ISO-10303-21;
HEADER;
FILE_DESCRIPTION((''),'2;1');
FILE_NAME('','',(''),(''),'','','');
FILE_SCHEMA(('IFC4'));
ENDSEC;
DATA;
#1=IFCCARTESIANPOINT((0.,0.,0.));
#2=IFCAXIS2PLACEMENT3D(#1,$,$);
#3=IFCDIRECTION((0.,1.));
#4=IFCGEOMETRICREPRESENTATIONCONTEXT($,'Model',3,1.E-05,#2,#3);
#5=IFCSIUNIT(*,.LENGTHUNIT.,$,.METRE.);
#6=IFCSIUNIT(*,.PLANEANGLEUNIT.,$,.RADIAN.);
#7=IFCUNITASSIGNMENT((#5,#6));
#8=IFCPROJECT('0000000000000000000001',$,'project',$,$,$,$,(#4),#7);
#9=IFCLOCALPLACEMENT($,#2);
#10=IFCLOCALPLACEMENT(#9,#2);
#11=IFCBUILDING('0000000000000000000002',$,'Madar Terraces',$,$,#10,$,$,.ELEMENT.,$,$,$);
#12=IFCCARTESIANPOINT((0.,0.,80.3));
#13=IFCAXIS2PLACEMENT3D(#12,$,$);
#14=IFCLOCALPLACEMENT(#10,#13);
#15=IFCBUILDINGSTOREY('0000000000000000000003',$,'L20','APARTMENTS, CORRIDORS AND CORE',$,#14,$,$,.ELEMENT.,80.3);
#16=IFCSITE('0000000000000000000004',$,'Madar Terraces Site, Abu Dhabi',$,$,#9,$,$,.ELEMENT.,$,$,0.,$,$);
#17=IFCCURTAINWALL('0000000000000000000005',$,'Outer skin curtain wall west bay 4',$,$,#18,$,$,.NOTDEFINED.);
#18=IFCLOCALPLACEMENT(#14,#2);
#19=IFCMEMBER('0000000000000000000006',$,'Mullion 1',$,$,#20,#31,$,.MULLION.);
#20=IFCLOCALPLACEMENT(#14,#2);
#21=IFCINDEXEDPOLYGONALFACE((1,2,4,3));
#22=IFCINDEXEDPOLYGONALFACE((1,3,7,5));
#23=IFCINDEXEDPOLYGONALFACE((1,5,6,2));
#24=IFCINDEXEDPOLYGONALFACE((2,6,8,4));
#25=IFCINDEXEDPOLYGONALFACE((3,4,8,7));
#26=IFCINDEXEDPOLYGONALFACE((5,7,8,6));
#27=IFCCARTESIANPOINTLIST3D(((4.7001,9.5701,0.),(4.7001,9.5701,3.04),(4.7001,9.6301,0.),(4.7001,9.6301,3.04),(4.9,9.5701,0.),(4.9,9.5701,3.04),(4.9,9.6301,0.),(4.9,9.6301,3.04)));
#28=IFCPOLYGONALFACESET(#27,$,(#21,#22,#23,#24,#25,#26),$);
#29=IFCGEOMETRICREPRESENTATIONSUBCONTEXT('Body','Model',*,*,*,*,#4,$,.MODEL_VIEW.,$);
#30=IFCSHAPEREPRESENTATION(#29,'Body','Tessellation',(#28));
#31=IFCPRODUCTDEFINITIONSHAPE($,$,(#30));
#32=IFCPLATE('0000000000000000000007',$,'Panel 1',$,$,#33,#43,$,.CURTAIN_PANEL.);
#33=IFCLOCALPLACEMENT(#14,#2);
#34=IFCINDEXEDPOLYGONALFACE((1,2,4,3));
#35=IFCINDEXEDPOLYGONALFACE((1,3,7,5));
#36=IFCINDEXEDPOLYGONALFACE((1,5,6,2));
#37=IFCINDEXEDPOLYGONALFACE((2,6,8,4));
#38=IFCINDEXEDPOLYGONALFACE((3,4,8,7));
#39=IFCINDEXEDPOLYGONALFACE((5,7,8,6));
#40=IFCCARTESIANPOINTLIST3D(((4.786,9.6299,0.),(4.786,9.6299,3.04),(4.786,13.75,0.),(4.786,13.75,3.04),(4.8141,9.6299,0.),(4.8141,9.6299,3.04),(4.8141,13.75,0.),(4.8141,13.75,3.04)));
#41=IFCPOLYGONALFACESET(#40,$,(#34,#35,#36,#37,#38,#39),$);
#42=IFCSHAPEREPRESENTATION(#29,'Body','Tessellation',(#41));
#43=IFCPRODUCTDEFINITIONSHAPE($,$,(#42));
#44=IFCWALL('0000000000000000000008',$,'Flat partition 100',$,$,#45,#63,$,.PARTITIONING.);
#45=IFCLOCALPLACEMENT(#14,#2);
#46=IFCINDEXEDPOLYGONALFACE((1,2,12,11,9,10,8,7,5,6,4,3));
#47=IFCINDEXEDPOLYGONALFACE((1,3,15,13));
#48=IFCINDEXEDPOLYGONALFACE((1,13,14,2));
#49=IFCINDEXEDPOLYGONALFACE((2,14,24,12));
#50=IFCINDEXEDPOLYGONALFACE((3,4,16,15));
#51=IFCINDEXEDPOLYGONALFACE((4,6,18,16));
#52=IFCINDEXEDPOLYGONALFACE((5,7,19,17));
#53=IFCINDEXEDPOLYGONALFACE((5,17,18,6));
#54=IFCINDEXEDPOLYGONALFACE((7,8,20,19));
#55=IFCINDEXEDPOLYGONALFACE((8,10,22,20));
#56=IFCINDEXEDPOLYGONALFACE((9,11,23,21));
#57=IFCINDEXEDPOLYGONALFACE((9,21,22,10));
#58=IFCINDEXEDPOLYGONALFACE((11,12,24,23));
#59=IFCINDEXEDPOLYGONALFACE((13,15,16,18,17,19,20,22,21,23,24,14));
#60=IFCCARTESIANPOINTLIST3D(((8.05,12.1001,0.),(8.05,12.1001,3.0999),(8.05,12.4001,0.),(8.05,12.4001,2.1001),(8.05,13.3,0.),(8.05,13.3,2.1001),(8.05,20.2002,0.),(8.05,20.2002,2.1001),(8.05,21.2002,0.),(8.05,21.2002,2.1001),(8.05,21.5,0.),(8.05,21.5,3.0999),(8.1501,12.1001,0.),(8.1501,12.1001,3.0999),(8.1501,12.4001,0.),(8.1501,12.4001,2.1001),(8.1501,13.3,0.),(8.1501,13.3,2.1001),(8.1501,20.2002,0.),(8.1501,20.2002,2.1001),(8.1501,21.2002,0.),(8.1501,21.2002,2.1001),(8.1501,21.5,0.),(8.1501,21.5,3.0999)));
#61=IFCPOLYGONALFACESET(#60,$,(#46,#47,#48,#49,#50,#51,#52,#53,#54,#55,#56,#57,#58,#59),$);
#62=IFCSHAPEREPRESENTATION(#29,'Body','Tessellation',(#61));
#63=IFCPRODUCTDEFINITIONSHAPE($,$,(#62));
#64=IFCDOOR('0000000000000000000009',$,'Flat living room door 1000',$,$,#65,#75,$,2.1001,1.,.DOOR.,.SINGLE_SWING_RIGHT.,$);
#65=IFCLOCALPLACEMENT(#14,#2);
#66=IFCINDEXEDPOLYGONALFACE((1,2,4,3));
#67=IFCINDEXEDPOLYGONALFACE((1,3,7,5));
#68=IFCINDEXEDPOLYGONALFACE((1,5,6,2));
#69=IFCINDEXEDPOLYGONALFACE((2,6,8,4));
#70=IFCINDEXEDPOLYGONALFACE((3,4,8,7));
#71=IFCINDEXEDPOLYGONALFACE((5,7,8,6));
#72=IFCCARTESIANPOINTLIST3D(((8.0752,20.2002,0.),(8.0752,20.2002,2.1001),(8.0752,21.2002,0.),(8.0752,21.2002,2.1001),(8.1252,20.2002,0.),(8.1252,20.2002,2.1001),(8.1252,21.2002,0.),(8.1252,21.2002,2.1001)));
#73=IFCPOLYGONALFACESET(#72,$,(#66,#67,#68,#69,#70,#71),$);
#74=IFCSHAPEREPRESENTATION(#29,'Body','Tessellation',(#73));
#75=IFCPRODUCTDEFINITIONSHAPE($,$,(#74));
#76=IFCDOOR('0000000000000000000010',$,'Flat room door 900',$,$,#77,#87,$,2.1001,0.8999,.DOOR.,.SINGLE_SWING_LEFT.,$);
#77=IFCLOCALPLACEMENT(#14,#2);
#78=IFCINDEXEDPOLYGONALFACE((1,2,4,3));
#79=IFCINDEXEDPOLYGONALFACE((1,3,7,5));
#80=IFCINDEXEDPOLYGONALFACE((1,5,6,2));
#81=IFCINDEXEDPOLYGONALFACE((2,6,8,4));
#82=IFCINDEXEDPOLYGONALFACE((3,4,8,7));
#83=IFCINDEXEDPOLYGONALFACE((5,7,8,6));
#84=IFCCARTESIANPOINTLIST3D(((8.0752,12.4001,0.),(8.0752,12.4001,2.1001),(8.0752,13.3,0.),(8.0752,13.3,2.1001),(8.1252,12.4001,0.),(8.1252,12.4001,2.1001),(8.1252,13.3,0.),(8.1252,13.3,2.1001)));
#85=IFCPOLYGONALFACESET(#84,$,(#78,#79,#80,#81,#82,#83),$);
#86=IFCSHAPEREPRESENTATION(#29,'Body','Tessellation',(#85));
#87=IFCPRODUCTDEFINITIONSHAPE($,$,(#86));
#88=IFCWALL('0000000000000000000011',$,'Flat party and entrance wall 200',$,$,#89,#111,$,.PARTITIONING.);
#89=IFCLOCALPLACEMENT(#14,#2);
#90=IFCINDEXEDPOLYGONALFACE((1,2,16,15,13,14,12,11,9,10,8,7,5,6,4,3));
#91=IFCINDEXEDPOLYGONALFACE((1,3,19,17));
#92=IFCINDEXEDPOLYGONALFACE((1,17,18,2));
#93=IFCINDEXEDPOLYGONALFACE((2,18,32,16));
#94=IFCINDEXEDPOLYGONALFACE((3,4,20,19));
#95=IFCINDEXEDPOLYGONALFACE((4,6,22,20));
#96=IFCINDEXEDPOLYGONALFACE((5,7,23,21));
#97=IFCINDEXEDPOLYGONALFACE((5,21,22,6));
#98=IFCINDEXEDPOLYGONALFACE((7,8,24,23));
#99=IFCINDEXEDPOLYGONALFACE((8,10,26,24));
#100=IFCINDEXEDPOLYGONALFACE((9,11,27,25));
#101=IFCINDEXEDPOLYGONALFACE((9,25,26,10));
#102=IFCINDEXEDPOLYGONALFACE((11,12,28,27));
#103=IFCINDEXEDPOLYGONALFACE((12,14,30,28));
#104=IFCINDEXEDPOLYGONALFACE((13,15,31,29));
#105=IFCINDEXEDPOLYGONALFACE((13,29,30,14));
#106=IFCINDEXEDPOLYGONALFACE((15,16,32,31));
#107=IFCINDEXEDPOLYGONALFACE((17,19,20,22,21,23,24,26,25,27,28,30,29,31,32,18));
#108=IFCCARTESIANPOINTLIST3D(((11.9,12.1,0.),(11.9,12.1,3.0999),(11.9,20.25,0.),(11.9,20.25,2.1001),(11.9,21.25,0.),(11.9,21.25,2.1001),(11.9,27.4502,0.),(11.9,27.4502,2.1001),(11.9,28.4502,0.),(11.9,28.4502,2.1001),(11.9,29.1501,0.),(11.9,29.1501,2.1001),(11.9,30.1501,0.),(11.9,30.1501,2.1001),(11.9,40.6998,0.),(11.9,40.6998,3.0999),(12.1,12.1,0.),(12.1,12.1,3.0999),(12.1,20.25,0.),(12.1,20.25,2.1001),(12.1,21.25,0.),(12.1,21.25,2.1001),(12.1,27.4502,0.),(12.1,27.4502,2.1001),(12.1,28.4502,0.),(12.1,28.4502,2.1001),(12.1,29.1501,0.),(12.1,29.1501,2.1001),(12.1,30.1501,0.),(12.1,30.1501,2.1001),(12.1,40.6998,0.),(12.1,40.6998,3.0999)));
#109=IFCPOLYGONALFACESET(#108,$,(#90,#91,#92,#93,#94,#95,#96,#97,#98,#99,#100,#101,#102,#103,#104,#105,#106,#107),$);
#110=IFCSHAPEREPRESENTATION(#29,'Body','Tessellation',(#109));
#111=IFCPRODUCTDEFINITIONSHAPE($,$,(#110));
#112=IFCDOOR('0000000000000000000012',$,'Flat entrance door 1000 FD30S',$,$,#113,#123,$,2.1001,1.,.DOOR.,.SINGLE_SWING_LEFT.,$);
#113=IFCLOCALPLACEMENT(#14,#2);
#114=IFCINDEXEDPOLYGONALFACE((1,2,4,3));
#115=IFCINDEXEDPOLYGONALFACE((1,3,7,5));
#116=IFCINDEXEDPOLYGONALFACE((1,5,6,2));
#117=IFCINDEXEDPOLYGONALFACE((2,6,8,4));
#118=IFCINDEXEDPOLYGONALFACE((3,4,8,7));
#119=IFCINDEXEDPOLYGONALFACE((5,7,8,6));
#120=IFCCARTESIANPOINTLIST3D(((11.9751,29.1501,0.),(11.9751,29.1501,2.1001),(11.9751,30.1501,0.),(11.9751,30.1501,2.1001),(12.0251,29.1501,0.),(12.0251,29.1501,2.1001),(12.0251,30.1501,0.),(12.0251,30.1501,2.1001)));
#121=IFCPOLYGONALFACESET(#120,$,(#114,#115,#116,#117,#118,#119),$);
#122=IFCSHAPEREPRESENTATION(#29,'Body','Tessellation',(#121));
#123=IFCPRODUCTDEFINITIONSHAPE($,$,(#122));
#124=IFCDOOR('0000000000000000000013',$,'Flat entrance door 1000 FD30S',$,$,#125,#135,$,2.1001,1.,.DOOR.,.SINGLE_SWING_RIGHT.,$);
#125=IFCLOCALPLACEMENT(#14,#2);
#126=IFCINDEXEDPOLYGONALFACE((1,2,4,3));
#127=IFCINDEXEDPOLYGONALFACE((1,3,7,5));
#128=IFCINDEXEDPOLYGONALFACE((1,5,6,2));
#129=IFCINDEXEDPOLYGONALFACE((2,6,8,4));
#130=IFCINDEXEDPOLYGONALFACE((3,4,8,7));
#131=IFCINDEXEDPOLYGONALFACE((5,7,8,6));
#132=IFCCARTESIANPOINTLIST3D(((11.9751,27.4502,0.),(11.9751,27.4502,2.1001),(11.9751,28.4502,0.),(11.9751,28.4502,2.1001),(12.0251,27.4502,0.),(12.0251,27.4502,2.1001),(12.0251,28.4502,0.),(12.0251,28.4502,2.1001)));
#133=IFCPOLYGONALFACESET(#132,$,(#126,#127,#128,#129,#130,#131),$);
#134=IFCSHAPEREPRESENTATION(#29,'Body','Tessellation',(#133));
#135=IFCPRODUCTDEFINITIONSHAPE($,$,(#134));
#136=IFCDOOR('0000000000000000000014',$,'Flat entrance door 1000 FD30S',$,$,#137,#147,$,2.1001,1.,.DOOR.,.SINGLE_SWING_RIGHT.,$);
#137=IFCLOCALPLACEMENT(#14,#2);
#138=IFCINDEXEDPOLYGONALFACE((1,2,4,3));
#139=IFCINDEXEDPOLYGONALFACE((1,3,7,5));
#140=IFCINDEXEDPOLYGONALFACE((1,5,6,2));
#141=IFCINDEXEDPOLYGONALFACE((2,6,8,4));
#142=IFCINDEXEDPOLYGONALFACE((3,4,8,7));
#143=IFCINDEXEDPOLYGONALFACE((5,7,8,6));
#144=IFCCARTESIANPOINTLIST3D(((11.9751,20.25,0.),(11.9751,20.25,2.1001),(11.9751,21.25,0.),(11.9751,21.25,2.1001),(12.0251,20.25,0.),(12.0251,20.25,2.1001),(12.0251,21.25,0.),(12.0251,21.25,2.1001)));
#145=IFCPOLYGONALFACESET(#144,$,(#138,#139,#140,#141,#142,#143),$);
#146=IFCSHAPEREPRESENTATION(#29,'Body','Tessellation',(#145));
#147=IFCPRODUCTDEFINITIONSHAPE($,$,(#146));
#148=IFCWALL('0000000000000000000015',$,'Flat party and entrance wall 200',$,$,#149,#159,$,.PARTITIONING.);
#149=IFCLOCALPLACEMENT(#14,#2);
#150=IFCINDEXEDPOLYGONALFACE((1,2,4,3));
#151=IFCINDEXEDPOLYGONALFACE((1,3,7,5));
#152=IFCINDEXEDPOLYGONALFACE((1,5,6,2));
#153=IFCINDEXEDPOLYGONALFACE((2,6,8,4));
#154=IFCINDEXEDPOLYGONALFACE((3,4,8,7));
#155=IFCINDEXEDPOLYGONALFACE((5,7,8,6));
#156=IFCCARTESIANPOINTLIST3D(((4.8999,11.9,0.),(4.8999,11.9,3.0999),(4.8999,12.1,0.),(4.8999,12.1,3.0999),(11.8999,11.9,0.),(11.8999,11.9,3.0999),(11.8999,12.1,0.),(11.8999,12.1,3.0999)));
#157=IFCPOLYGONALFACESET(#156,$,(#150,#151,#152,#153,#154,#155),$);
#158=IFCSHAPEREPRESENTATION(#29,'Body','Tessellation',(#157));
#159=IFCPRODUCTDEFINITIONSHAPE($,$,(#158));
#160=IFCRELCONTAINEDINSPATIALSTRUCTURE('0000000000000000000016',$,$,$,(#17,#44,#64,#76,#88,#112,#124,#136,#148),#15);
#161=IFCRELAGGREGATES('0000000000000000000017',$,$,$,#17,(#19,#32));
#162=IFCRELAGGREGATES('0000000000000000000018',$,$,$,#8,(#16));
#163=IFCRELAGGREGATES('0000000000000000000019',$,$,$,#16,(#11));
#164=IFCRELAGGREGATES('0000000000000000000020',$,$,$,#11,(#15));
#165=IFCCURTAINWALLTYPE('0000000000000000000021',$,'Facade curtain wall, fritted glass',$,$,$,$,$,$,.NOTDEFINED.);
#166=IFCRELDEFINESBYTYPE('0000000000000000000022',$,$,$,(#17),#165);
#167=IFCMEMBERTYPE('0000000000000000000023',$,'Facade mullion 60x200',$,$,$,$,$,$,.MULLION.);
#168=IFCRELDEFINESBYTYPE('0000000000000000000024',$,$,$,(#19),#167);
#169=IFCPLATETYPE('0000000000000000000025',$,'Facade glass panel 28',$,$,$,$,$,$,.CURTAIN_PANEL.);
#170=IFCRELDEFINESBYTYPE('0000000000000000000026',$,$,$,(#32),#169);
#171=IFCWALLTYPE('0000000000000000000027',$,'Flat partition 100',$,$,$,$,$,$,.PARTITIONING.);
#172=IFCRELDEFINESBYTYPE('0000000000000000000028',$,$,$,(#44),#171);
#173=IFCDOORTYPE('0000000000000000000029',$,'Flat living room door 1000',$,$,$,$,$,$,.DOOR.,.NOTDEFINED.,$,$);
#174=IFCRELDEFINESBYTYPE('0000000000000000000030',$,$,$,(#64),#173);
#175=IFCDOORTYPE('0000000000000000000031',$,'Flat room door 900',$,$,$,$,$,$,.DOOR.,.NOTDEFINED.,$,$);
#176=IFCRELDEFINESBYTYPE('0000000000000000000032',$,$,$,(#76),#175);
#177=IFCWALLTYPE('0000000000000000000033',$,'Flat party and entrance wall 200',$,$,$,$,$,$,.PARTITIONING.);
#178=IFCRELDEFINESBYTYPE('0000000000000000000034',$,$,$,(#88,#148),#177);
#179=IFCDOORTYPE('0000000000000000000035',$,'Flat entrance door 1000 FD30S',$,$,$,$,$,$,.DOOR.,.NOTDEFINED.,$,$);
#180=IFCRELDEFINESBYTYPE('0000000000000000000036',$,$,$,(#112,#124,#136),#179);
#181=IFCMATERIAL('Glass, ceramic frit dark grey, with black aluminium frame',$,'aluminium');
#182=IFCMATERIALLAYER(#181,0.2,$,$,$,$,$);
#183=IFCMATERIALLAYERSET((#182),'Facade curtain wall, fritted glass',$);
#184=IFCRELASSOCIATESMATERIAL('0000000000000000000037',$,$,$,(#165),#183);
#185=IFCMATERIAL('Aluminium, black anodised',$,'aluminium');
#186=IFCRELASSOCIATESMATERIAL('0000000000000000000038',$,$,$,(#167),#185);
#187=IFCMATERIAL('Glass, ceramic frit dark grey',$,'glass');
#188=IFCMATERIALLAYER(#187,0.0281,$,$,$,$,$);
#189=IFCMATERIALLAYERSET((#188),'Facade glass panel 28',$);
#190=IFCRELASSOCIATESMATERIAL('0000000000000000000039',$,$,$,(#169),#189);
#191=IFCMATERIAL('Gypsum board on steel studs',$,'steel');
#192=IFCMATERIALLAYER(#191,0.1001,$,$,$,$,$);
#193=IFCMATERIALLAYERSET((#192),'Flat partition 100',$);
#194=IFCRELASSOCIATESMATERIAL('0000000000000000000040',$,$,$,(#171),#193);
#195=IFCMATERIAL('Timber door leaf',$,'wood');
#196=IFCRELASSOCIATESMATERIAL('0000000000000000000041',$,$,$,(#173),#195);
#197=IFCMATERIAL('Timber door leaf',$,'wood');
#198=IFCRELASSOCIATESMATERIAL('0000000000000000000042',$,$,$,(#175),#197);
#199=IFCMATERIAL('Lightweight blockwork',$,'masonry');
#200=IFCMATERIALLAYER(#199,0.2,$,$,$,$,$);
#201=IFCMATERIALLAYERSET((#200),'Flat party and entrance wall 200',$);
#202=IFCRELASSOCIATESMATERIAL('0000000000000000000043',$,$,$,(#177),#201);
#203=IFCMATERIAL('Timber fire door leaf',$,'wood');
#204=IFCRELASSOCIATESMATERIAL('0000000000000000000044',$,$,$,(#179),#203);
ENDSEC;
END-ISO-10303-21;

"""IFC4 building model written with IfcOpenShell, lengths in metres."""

from ifc_helpers import new_model, si_unit, direction, frame, frame_2d, origin, origin_2d, place, context, subcontext, project, spatial, rectangle, extrude, material, layer, layer_set, material_profile, profile_set, type_object, element, fill, aggregate, save


model = new_model("IFC4")

# Units and contexts
model_context = context("Model", 3, precision=1e-05, world=origin(), true_north=direction((0.0, 1.0)))
body_context = subcontext(model_context, "Body", "Model", "MODEL_VIEW")
ifc_project = project(units=[si_unit("LENGTHUNIT", "METRE"), si_unit("PLANEANGLEUNIT", "RADIAN")], contexts=[model_context])

# Site, building, storey
site_placement = place(None, origin())
site = spatial("IfcSite", under=ifc_project, at=site_placement, Name="Madar Terraces Site, Abu Dhabi", CompositionType="ELEMENT", RefElevation=0.0)
building_placement = place(site_placement, origin())
building = spatial("IfcBuilding", under=site, at=building_placement, Name="Madar Terraces", CompositionType="ELEMENT")
storey_placement = place(building_placement, frame((0.0, 0.0, 80.3)))
storey = spatial("IfcBuildingStorey", under=building, at=storey_placement, Name="L20", Description="APARTMENTS, CORRIDORS AND CORE", CompositionType="ELEMENT", Elevation=80.3)

# Curtain wall, member, plate
ifc_material_1 = material(Name="Glass, ceramic frit dark grey, with black aluminium frame", Category="aluminium")
ifc_layer_1 = layer(ifc_material_1, 0.2)
ifc_layer_set_1 = layer_set([ifc_layer_1], Name="Facade curtain wall, fritted glass")
curtain_wall_type = type_object("IfcCurtainWallType", Name="Facade curtain wall, fritted glass", PredefinedType="NOTDEFINED", material=ifc_layer_set_1)
curtain_wall_placement = place(storey_placement, origin())
curtain_wall = element("IfcCurtainWall", 1, at=curtain_wall_placement, inside=storey, type_object=curtain_wall_type, Name="Outer skin curtain wall west bay 4", PredefinedType="NOTDEFINED")
ifc_material_2 = material(Name="Aluminium, black anodised", Category="aluminium")
ifc_material_profile = material_profile(ifc_material_2, rectangle(XDim=0.2, YDim=0.0601, at=origin_2d()), Name="Facade mullion 60x200")
ifc_profile_set = profile_set([ifc_material_profile], Name="Aluminium, black anodised")
member_type = type_object("IfcMemberType", Name="Facade mullion 60x200", PredefinedType="MULLION", material=ifc_profile_set)
member_placement = place(storey_placement, frame((4.8, 9.6001, 0.0), z_axis=(0.0, 0.0, 1.0), x_axis=(1.0, 0.0, 0.0)))
member = element("IfcMember", 2, at=member_placement, type_object=member_type, Name="Mullion 1", PredefinedType="MULLION", context=body_context, shape_type="SweptSolid", body=[
    extrude(rectangle(XDim=0.2, YDim=0.0601, at=origin_2d()), origin(), (0.0, 0.0, 1.0), 3.04),
])
ifc_material_3 = material(Name="Glass, ceramic frit dark grey", Category="glass")
ifc_layer_2 = layer(ifc_material_3, 0.0281)
ifc_layer_set_2 = layer_set([ifc_layer_2], Name="Facade glass panel 28")
plate_type = type_object("IfcPlateType", Name="Facade glass panel 28", PredefinedType="CURTAIN_PANEL", material=ifc_layer_set_2)
plate_placement = place(storey_placement, frame((4.8, 11.6899, 0.0), z_axis=(0.0, 0.0, 1.0), x_axis=(0.0, -1.0, 0.0)))
plate = element("IfcPlate", 3, at=plate_placement, type_object=plate_type, Name="Panel 1", PredefinedType="CURTAIN_PANEL", context=body_context, shape_type="SweptSolid", body=[
    extrude(rectangle(XDim=4.1201, YDim=0.0281, at=origin_2d()), origin(), (0.0, 0.0, 1.0), 3.04),
])
aggregate(curtain_wall, [member, plate])

# Walls, openings, doors
ifc_material_4 = material(Name="Gypsum board on steel studs", Category="steel")
ifc_layer_3 = layer(ifc_material_4, 0.1001)
ifc_layer_set_3 = layer_set([ifc_layer_3], Name="Flat partition 100")
wall_type_1 = type_object("IfcWallType", Name="Flat partition 100", PredefinedType="PARTITIONING", material=ifc_layer_set_3)
wall_1_placement = place(storey_placement, frame((8.1001, 12.1001, 0.0), z_axis=(0.0, 0.0, 1.0), x_axis=(0.0, 1.0, 0.0)))
wall_1 = element("IfcWall", 4, at=wall_1_placement, inside=storey, type_object=wall_type_1, Name="Flat partition 100", PredefinedType="PARTITIONING", context=body_context, shape_type="SweptSolid", body=[
    extrude(rectangle(XDim=9.3999, YDim=0.1001, at=frame_2d((4.7, 0.0))), origin(), (0.0, 0.0, 1.0), 3.0999),
])
opening_1_placement = place(wall_1_placement, frame((8.1001, 0.0, 0.0)))
opening_1 = element("IfcOpeningElement", 5, at=opening_1_placement, cuts=wall_1, PredefinedType="OPENING", context=body_context, shape_type="SweptSolid", body=[
    extrude(rectangle(XDim=1.0, YDim=2.1001, at=frame_2d((0.5, 1.05))), frame((0.0, 0.0601, 0.0), z_axis=(0.0, -1.0, 0.0), x_axis=(1.0, 0.0, 0.0)), (0.0, 0.0, 1.0), 0.1201),
])
opening_2_placement = place(wall_1_placement, frame((0.3, 0.0, 0.0)))
opening_2 = element("IfcOpeningElement", 6, at=opening_2_placement, cuts=wall_1, PredefinedType="OPENING", context=body_context, shape_type="SweptSolid", body=[
    extrude(rectangle(XDim=0.8999, YDim=2.1001, at=frame_2d((0.45, 1.05))), frame((0.0, 0.0601, 0.0), z_axis=(0.0, -1.0, 0.0), x_axis=(1.0, 0.0, 0.0)), (0.0, 0.0, 1.0), 0.1201),
])
ifc_material_5 = material(Name="Timber door leaf", Category="wood")
door_type_1 = type_object("IfcDoorType", Name="Flat living room door 1000", OperationType="NOTDEFINED", PredefinedType="DOOR", material=ifc_material_5)
door_1_placement = place(opening_1_placement, origin())
door_1 = element("IfcDoor", 7, at=door_1_placement, inside=storey, type_object=door_type_1, Name="Flat living room door 1000", OperationType="SINGLE_SWING_RIGHT", OverallHeight=2.1001, OverallWidth=1.0, PredefinedType="DOOR", context=body_context, shape_type="SweptSolid", body=[
    extrude(rectangle(XDim=1.0, YDim=2.1001, at=frame_2d((0.5, 1.05))), frame((0.0, 0.0249, 0.0), z_axis=(0.0, -1.0, 0.0), x_axis=(1.0, 0.0, 0.0)), (0.0, 0.0, 1.0), 0.05),
])
fill(opening_1, door_1)
ifc_material_6 = material(Name="Timber door leaf", Category="wood")
door_type_2 = type_object("IfcDoorType", Name="Flat room door 900", OperationType="NOTDEFINED", PredefinedType="DOOR", material=ifc_material_6)
door_2_placement = place(opening_2_placement, origin())
door_2 = element("IfcDoor", 8, at=door_2_placement, inside=storey, type_object=door_type_2, Name="Flat room door 900", OperationType="SINGLE_SWING_LEFT", OverallHeight=2.1001, OverallWidth=0.8999, PredefinedType="DOOR", context=body_context, shape_type="SweptSolid", body=[
    extrude(rectangle(XDim=0.8999, YDim=2.1001, at=frame_2d((0.45, 1.05))), frame((0.0, 0.0249, 0.0), z_axis=(0.0, -1.0, 0.0), x_axis=(1.0, 0.0, 0.0)), (0.0, 0.0, 1.0), 0.05),
])
fill(opening_2, door_2)
ifc_material_7 = material(Name="Lightweight blockwork", Category="masonry")
ifc_layer_4 = layer(ifc_material_7, 0.2)
ifc_layer_set_4 = layer_set([ifc_layer_4], Name="Flat party and entrance wall 200")
wall_type_2 = type_object("IfcWallType", Name="Flat party and entrance wall 200", PredefinedType="PARTITIONING", material=ifc_layer_set_4)
wall_2_placement = place(storey_placement, frame((12.0, 12.1001, 0.0), z_axis=(0.0, 0.0, 1.0), x_axis=(0.0, 1.0, 0.0)))
wall_2 = element("IfcWall", 9, at=wall_2_placement, inside=storey, type_object=wall_type_2, Name="Flat party and entrance wall 200", PredefinedType="PARTITIONING", context=body_context, shape_type="SweptSolid", body=[
    extrude(rectangle(XDim=28.5999, YDim=0.2, at=frame_2d((14.2998, 0.0))), origin(), (0.0, 0.0, 1.0), 3.0999),
])
opening_3_placement = place(wall_2_placement, frame((17.05, 0.0, 0.0)))
opening_3 = element("IfcOpeningElement", 10, at=opening_3_placement, cuts=wall_2, PredefinedType="OPENING", context=body_context, shape_type="SweptSolid", body=[
    extrude(rectangle(XDim=1.0, YDim=2.1001, at=frame_2d((0.5, 1.05))), frame((0.0, 0.1099, 0.0), z_axis=(0.0, -1.0, 0.0), x_axis=(1.0, 0.0, 0.0)), (0.0, 0.0, 1.0), 0.22),
])
opening_4_placement = place(wall_2_placement, frame((15.3501, 0.0, 0.0)))
opening_4 = element("IfcOpeningElement", 11, at=opening_4_placement, cuts=wall_2, PredefinedType="OPENING", context=body_context, shape_type="SweptSolid", body=[
    extrude(rectangle(XDim=1.0, YDim=2.1001, at=frame_2d((0.5, 1.05))), frame((0.0, 0.1099, 0.0), z_axis=(0.0, -1.0, 0.0), x_axis=(1.0, 0.0, 0.0)), (0.0, 0.0, 1.0), 0.22),
])
opening_5_placement = place(wall_2_placement, frame((8.1499, 0.0, 0.0)))
opening_5 = element("IfcOpeningElement", 12, at=opening_5_placement, cuts=wall_2, PredefinedType="OPENING", context=body_context, shape_type="SweptSolid", body=[
    extrude(rectangle(XDim=1.0, YDim=2.1001, at=frame_2d((0.5, 1.05))), frame((0.0, 0.1099, 0.0), z_axis=(0.0, -1.0, 0.0), x_axis=(1.0, 0.0, 0.0)), (0.0, 0.0, 1.0), 0.22),
])
ifc_material_8 = material(Name="Timber fire door leaf", Category="wood")
door_type_3 = type_object("IfcDoorType", Name="Flat entrance door 1000 FD30S", OperationType="NOTDEFINED", PredefinedType="DOOR", material=ifc_material_8)
door_3_placement = place(opening_3_placement, origin())
door_3 = element("IfcDoor", 13, at=door_3_placement, inside=storey, type_object=door_type_3, Name="Flat entrance door 1000 FD30S", OperationType="SINGLE_SWING_LEFT", OverallHeight=2.1001, OverallWidth=1.0, PredefinedType="DOOR", context=body_context, shape_type="SweptSolid", body=[
    extrude(rectangle(XDim=1.0, YDim=2.1001, at=frame_2d((0.5, 1.05))), frame((0.0, 0.0249, 0.0), z_axis=(0.0, -1.0, 0.0), x_axis=(1.0, 0.0, 0.0)), (0.0, 0.0, 1.0), 0.05),
])
fill(opening_3, door_3)
door_4_placement = place(opening_4_placement, origin())
door_4 = element("IfcDoor", 14, at=door_4_placement, inside=storey, type_object=door_type_3, Name="Flat entrance door 1000 FD30S", OperationType="SINGLE_SWING_RIGHT", OverallHeight=2.1001, OverallWidth=1.0, PredefinedType="DOOR", context=body_context, shape_type="SweptSolid", body=[
    extrude(rectangle(XDim=1.0, YDim=2.1001, at=frame_2d((0.5, 1.05))), frame((0.0, 0.0249, 0.0), z_axis=(0.0, -1.0, 0.0), x_axis=(1.0, 0.0, 0.0)), (0.0, 0.0, 1.0), 0.05),
])
fill(opening_4, door_4)
door_5_placement = place(opening_5_placement, origin())
door_5 = element("IfcDoor", 15, at=door_5_placement, inside=storey, type_object=door_type_3, Name="Flat entrance door 1000 FD30S", OperationType="SINGLE_SWING_RIGHT", OverallHeight=2.1001, OverallWidth=1.0, PredefinedType="DOOR", context=body_context, shape_type="SweptSolid", body=[
    extrude(rectangle(XDim=1.0, YDim=2.1001, at=frame_2d((0.5, 1.05))), frame((0.0, 0.0249, 0.0), z_axis=(0.0, -1.0, 0.0), x_axis=(1.0, 0.0, 0.0)), (0.0, 0.0, 1.0), 0.05),
])
fill(opening_5, door_5)

# Wall
wall_3_placement = place(storey_placement, frame((4.8999, 12.0, 0.0), z_axis=(0.0, 0.0, 1.0), x_axis=(1.0, 0.0, 0.0)))
element("IfcWall", 16, at=wall_3_placement, inside=storey, type_object=wall_type_2, Name="Flat party and entrance wall 200", PredefinedType="PARTITIONING", context=body_context, shape_type="SweptSolid", body=[
    extrude(rectangle(XDim=7.0, YDim=0.2, at=frame_2d((3.5, 0.0))), origin(), (0.0, 0.0, 1.0), 3.0999),
])

save(model, "model.ifc")
